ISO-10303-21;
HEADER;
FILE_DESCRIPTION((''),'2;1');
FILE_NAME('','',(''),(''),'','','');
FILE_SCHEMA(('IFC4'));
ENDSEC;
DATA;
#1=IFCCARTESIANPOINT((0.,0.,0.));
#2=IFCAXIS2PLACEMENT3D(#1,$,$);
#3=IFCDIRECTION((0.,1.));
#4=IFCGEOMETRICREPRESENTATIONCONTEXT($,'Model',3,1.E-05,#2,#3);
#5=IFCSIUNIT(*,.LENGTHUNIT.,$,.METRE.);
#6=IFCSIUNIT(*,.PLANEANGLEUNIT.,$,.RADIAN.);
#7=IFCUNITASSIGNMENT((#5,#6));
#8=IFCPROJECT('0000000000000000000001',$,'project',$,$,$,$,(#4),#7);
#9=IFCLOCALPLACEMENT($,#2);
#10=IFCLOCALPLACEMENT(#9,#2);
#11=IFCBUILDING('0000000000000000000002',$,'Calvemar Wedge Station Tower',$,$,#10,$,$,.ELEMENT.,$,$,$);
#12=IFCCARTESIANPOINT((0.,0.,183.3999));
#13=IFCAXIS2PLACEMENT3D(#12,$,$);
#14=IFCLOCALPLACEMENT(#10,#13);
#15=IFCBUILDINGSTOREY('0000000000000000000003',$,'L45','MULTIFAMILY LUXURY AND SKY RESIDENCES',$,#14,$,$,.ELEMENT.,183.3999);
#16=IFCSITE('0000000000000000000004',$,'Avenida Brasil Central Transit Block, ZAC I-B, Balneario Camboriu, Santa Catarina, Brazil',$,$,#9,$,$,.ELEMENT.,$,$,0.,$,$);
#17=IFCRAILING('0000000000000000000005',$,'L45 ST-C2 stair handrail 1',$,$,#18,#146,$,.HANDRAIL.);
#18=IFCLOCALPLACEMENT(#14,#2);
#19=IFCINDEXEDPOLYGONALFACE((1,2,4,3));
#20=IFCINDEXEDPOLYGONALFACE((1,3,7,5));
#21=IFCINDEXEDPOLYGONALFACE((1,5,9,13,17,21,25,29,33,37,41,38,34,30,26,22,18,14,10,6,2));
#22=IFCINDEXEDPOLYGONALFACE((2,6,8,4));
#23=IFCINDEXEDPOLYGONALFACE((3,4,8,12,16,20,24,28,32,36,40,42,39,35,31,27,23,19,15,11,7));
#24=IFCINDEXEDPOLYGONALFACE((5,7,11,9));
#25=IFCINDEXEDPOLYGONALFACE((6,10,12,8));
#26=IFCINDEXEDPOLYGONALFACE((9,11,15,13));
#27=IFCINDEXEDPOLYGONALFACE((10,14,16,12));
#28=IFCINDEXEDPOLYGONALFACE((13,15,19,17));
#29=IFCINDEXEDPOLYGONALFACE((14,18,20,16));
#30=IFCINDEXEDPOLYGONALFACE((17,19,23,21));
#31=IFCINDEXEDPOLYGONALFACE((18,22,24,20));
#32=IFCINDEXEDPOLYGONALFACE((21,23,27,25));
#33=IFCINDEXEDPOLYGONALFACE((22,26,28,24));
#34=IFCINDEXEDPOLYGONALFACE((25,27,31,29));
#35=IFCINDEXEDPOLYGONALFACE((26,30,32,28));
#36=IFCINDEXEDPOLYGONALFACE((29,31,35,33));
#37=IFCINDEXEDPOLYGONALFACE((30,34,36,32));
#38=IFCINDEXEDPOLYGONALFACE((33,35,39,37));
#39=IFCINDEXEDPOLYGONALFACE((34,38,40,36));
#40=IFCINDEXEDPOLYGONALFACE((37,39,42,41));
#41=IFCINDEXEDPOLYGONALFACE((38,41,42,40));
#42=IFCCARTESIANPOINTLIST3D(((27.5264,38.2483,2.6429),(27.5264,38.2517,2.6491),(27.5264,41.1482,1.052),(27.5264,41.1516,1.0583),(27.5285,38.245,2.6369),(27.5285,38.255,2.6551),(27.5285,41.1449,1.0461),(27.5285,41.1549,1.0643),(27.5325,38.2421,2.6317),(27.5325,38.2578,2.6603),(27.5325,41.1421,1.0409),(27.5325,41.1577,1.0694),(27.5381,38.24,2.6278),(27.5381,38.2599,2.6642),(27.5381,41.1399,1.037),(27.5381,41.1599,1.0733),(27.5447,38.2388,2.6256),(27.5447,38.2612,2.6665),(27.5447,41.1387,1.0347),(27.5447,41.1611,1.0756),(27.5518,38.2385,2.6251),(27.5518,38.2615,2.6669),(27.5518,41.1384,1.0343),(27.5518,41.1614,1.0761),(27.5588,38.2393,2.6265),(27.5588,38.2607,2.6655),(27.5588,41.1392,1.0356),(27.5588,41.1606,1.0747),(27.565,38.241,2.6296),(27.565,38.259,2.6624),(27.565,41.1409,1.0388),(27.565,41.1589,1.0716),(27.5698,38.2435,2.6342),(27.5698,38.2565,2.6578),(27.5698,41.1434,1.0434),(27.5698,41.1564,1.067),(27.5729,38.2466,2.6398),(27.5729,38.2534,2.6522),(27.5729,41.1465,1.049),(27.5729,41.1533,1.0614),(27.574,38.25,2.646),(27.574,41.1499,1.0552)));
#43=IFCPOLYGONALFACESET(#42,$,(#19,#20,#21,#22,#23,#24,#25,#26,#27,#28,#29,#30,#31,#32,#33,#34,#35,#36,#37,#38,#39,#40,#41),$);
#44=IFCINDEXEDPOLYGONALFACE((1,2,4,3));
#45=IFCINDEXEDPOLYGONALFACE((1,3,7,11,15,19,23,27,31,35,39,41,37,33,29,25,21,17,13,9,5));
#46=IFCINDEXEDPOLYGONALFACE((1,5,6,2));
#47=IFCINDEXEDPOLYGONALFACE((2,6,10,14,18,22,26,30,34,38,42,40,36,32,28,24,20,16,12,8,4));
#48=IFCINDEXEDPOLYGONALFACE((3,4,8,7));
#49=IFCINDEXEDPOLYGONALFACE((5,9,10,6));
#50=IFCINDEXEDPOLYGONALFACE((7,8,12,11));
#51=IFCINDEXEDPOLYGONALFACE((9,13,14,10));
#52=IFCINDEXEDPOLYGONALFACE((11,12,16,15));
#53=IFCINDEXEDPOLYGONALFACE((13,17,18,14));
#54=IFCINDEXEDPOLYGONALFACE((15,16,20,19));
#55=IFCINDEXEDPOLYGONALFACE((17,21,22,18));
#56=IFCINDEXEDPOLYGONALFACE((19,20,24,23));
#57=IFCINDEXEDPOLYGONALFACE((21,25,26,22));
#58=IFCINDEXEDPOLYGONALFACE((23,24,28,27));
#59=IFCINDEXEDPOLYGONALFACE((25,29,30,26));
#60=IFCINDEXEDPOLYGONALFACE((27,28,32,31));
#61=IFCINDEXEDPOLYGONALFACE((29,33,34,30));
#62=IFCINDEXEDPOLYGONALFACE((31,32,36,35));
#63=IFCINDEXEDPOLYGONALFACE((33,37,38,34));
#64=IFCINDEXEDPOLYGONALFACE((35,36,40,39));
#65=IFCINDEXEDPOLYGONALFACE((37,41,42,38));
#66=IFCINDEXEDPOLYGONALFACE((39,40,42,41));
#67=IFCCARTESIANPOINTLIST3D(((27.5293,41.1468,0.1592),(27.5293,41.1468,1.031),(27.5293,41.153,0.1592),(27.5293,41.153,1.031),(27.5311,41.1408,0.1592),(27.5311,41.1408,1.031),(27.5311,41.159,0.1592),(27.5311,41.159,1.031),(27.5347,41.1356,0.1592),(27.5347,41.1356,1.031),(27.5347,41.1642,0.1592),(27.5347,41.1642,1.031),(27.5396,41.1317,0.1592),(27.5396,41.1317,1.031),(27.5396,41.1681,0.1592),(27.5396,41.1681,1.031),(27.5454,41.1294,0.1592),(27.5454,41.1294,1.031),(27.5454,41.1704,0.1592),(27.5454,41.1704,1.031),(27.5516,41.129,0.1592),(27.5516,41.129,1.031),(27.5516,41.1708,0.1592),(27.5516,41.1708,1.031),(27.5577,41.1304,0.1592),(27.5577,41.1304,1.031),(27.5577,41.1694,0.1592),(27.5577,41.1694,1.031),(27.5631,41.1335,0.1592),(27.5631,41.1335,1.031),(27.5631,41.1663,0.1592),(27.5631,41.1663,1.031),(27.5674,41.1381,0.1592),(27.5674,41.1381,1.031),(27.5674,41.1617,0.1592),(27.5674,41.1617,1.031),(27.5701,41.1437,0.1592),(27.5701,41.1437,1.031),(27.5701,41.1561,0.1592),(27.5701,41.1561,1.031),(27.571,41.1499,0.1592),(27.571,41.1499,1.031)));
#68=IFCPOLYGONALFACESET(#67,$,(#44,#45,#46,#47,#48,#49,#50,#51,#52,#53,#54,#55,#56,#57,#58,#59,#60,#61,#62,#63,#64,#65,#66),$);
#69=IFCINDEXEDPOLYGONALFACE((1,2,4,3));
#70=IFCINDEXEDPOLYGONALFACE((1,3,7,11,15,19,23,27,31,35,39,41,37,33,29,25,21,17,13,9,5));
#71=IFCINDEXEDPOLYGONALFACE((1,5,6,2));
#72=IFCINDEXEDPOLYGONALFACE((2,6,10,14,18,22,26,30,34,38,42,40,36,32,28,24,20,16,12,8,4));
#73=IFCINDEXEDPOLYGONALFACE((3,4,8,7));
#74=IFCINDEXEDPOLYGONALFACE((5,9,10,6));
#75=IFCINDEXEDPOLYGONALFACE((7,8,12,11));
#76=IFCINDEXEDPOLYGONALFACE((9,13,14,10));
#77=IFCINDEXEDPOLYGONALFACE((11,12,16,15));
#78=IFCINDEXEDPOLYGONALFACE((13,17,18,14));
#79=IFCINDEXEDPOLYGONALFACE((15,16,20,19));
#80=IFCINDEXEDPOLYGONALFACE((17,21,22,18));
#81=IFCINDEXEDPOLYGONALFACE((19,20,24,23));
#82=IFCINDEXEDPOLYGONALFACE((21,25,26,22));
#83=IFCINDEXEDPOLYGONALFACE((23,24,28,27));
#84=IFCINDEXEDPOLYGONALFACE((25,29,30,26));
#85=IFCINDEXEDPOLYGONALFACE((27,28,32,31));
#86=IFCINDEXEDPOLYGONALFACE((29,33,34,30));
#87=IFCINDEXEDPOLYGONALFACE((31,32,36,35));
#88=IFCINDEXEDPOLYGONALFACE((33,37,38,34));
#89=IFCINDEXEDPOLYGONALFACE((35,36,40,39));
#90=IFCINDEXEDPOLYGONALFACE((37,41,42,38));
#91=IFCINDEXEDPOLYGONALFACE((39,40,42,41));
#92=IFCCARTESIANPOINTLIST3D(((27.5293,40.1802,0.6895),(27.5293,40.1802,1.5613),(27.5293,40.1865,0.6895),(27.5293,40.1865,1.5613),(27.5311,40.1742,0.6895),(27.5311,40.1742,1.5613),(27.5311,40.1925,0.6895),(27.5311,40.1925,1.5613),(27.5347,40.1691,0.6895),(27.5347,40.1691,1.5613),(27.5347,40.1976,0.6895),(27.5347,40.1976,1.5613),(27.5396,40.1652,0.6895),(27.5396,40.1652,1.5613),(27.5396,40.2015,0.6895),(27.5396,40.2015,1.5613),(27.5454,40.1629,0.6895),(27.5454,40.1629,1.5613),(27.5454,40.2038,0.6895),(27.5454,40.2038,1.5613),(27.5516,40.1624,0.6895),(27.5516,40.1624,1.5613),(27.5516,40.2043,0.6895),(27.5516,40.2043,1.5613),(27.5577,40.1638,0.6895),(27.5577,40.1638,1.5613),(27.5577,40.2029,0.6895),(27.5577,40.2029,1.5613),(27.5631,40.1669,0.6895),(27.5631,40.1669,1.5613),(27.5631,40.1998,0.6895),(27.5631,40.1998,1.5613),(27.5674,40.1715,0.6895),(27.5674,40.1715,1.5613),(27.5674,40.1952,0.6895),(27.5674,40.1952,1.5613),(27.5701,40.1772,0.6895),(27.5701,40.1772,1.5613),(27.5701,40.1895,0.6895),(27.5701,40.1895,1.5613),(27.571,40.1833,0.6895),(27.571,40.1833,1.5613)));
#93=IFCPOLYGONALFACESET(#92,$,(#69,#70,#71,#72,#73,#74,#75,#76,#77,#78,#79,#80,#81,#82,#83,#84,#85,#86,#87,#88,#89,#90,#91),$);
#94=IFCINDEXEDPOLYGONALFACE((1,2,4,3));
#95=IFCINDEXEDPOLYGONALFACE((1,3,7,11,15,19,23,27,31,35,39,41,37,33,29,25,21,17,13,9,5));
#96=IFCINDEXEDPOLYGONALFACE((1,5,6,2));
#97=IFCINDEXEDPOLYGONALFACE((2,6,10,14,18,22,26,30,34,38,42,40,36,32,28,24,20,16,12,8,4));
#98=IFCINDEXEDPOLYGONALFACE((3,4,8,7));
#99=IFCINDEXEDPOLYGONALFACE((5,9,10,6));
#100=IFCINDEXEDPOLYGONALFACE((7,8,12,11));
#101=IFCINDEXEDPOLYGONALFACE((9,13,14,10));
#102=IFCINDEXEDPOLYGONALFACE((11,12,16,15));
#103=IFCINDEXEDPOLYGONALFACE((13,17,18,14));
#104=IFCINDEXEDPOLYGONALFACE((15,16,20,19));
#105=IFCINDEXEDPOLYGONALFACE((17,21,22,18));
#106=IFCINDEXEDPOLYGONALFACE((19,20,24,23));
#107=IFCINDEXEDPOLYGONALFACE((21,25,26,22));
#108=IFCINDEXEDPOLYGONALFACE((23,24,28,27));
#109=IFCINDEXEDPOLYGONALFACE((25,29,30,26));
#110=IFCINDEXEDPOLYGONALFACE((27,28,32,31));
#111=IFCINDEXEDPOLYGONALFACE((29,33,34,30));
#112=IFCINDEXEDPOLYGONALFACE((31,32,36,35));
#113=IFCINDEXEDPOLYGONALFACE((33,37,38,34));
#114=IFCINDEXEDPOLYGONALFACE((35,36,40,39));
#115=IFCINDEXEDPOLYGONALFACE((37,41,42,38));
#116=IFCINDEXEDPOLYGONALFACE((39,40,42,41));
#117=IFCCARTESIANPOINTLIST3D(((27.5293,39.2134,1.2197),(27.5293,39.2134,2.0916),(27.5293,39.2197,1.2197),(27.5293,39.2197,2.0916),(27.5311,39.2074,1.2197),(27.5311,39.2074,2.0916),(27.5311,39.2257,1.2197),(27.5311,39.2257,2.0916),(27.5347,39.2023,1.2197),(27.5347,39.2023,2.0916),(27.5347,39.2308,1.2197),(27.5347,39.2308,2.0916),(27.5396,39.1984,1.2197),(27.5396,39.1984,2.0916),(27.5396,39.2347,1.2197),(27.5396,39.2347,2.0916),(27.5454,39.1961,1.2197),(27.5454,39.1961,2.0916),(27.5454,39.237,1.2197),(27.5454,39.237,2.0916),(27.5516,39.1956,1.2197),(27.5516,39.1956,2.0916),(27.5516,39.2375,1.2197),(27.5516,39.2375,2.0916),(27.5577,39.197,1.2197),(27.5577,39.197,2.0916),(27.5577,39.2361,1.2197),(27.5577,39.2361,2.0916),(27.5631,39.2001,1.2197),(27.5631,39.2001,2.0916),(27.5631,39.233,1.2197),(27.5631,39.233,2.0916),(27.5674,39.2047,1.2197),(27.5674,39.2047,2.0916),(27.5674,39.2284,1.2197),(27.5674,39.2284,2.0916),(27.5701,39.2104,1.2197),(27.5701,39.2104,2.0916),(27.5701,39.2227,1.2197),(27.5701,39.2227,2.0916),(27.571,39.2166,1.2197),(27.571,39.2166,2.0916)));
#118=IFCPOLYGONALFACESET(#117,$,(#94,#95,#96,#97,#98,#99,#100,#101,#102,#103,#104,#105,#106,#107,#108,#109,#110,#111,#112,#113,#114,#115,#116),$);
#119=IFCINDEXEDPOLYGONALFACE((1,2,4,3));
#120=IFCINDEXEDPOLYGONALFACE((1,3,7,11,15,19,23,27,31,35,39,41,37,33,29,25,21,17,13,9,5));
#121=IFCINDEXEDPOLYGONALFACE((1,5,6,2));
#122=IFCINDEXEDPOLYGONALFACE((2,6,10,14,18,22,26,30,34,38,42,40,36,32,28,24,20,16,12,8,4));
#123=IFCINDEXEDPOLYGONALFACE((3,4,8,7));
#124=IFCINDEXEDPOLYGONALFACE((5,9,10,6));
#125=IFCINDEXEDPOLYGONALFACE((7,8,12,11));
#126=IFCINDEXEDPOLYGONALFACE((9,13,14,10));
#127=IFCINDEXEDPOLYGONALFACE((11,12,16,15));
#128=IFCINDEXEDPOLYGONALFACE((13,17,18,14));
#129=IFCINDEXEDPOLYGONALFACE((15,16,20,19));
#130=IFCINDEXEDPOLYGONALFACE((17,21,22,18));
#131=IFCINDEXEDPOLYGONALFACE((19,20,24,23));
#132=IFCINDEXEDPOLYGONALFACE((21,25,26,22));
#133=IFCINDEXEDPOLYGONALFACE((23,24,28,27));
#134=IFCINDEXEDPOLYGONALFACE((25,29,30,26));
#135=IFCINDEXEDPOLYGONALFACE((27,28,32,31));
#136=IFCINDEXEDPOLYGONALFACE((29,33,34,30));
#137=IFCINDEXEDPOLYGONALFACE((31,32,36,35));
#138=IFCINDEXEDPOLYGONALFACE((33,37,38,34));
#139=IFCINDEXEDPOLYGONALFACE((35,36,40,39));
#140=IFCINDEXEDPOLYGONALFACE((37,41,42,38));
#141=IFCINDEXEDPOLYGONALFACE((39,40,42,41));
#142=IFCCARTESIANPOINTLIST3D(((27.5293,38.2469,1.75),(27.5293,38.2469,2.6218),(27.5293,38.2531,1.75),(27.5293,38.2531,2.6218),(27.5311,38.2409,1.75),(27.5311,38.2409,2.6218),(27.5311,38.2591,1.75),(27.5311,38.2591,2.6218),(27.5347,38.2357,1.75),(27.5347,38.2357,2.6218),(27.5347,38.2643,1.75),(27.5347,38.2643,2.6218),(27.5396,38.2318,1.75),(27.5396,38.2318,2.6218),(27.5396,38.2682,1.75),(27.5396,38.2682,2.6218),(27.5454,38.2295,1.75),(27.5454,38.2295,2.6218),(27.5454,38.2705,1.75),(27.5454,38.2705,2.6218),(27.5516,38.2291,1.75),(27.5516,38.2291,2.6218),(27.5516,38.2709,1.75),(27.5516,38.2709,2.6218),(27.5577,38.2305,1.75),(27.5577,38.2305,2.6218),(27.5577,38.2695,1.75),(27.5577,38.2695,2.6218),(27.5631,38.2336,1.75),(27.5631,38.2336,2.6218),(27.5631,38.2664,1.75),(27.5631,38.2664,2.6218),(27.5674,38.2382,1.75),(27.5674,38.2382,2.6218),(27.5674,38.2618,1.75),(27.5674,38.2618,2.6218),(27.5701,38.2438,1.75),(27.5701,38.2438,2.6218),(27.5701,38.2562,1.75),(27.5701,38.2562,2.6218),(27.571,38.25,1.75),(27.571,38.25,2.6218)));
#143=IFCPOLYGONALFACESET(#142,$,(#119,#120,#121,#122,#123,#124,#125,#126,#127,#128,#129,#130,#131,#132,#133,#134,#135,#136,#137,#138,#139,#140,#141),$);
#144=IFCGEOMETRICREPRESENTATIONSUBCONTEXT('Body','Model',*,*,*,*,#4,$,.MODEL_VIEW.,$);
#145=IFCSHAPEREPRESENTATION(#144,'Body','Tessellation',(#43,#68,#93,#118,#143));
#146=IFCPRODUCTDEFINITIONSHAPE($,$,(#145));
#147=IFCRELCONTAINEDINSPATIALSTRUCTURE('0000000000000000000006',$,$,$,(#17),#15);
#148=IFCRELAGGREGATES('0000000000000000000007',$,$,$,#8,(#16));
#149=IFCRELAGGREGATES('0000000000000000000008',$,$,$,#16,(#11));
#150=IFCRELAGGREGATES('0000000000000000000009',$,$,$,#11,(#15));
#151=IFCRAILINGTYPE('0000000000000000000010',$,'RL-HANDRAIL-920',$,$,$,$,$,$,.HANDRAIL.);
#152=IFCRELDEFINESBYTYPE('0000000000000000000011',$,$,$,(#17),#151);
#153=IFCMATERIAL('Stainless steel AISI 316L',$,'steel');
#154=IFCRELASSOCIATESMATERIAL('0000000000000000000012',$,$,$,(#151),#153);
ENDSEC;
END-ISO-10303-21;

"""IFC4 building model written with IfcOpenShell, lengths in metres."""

from ifc_helpers import new_model, si_unit, direction, frame, origin, origin_2d, place, context, subcontext, project, spatial, circle, extrude, material, type_object, element, save


model = new_model("IFC4")

# Units and contexts
model_context = context("Model", 3, precision=1e-05, world=origin(), true_north=direction((0.0, 1.0)))
body_context = subcontext(model_context, "Body", "Model", "MODEL_VIEW")
ifc_project = project(units=[si_unit("LENGTHUNIT", "METRE"), si_unit("PLANEANGLEUNIT", "RADIAN")], contexts=[model_context])

# Site, building, storey
site_placement = place(None, origin())
site = spatial("IfcSite", under=ifc_project, at=site_placement, Name="Avenida Brasil Central Transit Block, ZAC I-B, Balneario Camboriu, Santa Catarina, Brazil", CompositionType="ELEMENT", RefElevation=0.0)
building_placement = place(site_placement, origin())
building = spatial("IfcBuilding", under=site, at=building_placement, Name="Calvemar Wedge Station Tower", CompositionType="ELEMENT")
storey_placement = place(building_placement, frame((0.0, 0.0, 183.3999)))
storey = spatial("IfcBuildingStorey", under=building, at=storey_placement, Name="L45", Description="MULTIFAMILY LUXURY AND SKY RESIDENCES", CompositionType="ELEMENT", Elevation=183.3999)

# Railing
ifc_material_1 = material(Name="Stainless steel AISI 316L", Category="steel")
railing_type_1 = type_object("IfcRailingType", Name="RL-HANDRAIL-920", PredefinedType="HANDRAIL", material=ifc_material_1)
railing_1_placement = place(storey_placement, frame((27.55, 41.1499, 0.1592)))
element("IfcRailing", 1, at=railing_1_placement, inside=storey, type_object=railing_type_1, Name="L45 ST-C2 stair handrail 1", PredefinedType="HANDRAIL", context=body_context, shape_type="SweptSolid", body=[
    extrude(circle(Radius=0.0239, at=origin_2d()), frame((0.0, 0.0, 0.896), z_axis=(0.0, -0.876742, 0.480961), x_axis=(1.0, 0.0, 0.0)), (0.0, 0.0, 1.0), 3.3076),
    extrude(circle(Radius=0.021, at=origin_2d()), origin(), (0.0, 0.0, 1.0), 0.8718),
    extrude(circle(Radius=0.021, at=origin_2d()), frame((0.0, -0.9666, 0.5303)), (0.0, 0.0, 1.0), 0.8718),
    extrude(circle(Radius=0.021, at=origin_2d()), frame((0.0, -1.9333, 1.0605)), (0.0, 0.0, 1.0), 0.8718),
    extrude(circle(Radius=0.021, at=origin_2d()), frame((0.0, -2.8999, 1.5908)), (0.0, 0.0, 1.0), 0.8718),
])

save(model, "model.ifc")
